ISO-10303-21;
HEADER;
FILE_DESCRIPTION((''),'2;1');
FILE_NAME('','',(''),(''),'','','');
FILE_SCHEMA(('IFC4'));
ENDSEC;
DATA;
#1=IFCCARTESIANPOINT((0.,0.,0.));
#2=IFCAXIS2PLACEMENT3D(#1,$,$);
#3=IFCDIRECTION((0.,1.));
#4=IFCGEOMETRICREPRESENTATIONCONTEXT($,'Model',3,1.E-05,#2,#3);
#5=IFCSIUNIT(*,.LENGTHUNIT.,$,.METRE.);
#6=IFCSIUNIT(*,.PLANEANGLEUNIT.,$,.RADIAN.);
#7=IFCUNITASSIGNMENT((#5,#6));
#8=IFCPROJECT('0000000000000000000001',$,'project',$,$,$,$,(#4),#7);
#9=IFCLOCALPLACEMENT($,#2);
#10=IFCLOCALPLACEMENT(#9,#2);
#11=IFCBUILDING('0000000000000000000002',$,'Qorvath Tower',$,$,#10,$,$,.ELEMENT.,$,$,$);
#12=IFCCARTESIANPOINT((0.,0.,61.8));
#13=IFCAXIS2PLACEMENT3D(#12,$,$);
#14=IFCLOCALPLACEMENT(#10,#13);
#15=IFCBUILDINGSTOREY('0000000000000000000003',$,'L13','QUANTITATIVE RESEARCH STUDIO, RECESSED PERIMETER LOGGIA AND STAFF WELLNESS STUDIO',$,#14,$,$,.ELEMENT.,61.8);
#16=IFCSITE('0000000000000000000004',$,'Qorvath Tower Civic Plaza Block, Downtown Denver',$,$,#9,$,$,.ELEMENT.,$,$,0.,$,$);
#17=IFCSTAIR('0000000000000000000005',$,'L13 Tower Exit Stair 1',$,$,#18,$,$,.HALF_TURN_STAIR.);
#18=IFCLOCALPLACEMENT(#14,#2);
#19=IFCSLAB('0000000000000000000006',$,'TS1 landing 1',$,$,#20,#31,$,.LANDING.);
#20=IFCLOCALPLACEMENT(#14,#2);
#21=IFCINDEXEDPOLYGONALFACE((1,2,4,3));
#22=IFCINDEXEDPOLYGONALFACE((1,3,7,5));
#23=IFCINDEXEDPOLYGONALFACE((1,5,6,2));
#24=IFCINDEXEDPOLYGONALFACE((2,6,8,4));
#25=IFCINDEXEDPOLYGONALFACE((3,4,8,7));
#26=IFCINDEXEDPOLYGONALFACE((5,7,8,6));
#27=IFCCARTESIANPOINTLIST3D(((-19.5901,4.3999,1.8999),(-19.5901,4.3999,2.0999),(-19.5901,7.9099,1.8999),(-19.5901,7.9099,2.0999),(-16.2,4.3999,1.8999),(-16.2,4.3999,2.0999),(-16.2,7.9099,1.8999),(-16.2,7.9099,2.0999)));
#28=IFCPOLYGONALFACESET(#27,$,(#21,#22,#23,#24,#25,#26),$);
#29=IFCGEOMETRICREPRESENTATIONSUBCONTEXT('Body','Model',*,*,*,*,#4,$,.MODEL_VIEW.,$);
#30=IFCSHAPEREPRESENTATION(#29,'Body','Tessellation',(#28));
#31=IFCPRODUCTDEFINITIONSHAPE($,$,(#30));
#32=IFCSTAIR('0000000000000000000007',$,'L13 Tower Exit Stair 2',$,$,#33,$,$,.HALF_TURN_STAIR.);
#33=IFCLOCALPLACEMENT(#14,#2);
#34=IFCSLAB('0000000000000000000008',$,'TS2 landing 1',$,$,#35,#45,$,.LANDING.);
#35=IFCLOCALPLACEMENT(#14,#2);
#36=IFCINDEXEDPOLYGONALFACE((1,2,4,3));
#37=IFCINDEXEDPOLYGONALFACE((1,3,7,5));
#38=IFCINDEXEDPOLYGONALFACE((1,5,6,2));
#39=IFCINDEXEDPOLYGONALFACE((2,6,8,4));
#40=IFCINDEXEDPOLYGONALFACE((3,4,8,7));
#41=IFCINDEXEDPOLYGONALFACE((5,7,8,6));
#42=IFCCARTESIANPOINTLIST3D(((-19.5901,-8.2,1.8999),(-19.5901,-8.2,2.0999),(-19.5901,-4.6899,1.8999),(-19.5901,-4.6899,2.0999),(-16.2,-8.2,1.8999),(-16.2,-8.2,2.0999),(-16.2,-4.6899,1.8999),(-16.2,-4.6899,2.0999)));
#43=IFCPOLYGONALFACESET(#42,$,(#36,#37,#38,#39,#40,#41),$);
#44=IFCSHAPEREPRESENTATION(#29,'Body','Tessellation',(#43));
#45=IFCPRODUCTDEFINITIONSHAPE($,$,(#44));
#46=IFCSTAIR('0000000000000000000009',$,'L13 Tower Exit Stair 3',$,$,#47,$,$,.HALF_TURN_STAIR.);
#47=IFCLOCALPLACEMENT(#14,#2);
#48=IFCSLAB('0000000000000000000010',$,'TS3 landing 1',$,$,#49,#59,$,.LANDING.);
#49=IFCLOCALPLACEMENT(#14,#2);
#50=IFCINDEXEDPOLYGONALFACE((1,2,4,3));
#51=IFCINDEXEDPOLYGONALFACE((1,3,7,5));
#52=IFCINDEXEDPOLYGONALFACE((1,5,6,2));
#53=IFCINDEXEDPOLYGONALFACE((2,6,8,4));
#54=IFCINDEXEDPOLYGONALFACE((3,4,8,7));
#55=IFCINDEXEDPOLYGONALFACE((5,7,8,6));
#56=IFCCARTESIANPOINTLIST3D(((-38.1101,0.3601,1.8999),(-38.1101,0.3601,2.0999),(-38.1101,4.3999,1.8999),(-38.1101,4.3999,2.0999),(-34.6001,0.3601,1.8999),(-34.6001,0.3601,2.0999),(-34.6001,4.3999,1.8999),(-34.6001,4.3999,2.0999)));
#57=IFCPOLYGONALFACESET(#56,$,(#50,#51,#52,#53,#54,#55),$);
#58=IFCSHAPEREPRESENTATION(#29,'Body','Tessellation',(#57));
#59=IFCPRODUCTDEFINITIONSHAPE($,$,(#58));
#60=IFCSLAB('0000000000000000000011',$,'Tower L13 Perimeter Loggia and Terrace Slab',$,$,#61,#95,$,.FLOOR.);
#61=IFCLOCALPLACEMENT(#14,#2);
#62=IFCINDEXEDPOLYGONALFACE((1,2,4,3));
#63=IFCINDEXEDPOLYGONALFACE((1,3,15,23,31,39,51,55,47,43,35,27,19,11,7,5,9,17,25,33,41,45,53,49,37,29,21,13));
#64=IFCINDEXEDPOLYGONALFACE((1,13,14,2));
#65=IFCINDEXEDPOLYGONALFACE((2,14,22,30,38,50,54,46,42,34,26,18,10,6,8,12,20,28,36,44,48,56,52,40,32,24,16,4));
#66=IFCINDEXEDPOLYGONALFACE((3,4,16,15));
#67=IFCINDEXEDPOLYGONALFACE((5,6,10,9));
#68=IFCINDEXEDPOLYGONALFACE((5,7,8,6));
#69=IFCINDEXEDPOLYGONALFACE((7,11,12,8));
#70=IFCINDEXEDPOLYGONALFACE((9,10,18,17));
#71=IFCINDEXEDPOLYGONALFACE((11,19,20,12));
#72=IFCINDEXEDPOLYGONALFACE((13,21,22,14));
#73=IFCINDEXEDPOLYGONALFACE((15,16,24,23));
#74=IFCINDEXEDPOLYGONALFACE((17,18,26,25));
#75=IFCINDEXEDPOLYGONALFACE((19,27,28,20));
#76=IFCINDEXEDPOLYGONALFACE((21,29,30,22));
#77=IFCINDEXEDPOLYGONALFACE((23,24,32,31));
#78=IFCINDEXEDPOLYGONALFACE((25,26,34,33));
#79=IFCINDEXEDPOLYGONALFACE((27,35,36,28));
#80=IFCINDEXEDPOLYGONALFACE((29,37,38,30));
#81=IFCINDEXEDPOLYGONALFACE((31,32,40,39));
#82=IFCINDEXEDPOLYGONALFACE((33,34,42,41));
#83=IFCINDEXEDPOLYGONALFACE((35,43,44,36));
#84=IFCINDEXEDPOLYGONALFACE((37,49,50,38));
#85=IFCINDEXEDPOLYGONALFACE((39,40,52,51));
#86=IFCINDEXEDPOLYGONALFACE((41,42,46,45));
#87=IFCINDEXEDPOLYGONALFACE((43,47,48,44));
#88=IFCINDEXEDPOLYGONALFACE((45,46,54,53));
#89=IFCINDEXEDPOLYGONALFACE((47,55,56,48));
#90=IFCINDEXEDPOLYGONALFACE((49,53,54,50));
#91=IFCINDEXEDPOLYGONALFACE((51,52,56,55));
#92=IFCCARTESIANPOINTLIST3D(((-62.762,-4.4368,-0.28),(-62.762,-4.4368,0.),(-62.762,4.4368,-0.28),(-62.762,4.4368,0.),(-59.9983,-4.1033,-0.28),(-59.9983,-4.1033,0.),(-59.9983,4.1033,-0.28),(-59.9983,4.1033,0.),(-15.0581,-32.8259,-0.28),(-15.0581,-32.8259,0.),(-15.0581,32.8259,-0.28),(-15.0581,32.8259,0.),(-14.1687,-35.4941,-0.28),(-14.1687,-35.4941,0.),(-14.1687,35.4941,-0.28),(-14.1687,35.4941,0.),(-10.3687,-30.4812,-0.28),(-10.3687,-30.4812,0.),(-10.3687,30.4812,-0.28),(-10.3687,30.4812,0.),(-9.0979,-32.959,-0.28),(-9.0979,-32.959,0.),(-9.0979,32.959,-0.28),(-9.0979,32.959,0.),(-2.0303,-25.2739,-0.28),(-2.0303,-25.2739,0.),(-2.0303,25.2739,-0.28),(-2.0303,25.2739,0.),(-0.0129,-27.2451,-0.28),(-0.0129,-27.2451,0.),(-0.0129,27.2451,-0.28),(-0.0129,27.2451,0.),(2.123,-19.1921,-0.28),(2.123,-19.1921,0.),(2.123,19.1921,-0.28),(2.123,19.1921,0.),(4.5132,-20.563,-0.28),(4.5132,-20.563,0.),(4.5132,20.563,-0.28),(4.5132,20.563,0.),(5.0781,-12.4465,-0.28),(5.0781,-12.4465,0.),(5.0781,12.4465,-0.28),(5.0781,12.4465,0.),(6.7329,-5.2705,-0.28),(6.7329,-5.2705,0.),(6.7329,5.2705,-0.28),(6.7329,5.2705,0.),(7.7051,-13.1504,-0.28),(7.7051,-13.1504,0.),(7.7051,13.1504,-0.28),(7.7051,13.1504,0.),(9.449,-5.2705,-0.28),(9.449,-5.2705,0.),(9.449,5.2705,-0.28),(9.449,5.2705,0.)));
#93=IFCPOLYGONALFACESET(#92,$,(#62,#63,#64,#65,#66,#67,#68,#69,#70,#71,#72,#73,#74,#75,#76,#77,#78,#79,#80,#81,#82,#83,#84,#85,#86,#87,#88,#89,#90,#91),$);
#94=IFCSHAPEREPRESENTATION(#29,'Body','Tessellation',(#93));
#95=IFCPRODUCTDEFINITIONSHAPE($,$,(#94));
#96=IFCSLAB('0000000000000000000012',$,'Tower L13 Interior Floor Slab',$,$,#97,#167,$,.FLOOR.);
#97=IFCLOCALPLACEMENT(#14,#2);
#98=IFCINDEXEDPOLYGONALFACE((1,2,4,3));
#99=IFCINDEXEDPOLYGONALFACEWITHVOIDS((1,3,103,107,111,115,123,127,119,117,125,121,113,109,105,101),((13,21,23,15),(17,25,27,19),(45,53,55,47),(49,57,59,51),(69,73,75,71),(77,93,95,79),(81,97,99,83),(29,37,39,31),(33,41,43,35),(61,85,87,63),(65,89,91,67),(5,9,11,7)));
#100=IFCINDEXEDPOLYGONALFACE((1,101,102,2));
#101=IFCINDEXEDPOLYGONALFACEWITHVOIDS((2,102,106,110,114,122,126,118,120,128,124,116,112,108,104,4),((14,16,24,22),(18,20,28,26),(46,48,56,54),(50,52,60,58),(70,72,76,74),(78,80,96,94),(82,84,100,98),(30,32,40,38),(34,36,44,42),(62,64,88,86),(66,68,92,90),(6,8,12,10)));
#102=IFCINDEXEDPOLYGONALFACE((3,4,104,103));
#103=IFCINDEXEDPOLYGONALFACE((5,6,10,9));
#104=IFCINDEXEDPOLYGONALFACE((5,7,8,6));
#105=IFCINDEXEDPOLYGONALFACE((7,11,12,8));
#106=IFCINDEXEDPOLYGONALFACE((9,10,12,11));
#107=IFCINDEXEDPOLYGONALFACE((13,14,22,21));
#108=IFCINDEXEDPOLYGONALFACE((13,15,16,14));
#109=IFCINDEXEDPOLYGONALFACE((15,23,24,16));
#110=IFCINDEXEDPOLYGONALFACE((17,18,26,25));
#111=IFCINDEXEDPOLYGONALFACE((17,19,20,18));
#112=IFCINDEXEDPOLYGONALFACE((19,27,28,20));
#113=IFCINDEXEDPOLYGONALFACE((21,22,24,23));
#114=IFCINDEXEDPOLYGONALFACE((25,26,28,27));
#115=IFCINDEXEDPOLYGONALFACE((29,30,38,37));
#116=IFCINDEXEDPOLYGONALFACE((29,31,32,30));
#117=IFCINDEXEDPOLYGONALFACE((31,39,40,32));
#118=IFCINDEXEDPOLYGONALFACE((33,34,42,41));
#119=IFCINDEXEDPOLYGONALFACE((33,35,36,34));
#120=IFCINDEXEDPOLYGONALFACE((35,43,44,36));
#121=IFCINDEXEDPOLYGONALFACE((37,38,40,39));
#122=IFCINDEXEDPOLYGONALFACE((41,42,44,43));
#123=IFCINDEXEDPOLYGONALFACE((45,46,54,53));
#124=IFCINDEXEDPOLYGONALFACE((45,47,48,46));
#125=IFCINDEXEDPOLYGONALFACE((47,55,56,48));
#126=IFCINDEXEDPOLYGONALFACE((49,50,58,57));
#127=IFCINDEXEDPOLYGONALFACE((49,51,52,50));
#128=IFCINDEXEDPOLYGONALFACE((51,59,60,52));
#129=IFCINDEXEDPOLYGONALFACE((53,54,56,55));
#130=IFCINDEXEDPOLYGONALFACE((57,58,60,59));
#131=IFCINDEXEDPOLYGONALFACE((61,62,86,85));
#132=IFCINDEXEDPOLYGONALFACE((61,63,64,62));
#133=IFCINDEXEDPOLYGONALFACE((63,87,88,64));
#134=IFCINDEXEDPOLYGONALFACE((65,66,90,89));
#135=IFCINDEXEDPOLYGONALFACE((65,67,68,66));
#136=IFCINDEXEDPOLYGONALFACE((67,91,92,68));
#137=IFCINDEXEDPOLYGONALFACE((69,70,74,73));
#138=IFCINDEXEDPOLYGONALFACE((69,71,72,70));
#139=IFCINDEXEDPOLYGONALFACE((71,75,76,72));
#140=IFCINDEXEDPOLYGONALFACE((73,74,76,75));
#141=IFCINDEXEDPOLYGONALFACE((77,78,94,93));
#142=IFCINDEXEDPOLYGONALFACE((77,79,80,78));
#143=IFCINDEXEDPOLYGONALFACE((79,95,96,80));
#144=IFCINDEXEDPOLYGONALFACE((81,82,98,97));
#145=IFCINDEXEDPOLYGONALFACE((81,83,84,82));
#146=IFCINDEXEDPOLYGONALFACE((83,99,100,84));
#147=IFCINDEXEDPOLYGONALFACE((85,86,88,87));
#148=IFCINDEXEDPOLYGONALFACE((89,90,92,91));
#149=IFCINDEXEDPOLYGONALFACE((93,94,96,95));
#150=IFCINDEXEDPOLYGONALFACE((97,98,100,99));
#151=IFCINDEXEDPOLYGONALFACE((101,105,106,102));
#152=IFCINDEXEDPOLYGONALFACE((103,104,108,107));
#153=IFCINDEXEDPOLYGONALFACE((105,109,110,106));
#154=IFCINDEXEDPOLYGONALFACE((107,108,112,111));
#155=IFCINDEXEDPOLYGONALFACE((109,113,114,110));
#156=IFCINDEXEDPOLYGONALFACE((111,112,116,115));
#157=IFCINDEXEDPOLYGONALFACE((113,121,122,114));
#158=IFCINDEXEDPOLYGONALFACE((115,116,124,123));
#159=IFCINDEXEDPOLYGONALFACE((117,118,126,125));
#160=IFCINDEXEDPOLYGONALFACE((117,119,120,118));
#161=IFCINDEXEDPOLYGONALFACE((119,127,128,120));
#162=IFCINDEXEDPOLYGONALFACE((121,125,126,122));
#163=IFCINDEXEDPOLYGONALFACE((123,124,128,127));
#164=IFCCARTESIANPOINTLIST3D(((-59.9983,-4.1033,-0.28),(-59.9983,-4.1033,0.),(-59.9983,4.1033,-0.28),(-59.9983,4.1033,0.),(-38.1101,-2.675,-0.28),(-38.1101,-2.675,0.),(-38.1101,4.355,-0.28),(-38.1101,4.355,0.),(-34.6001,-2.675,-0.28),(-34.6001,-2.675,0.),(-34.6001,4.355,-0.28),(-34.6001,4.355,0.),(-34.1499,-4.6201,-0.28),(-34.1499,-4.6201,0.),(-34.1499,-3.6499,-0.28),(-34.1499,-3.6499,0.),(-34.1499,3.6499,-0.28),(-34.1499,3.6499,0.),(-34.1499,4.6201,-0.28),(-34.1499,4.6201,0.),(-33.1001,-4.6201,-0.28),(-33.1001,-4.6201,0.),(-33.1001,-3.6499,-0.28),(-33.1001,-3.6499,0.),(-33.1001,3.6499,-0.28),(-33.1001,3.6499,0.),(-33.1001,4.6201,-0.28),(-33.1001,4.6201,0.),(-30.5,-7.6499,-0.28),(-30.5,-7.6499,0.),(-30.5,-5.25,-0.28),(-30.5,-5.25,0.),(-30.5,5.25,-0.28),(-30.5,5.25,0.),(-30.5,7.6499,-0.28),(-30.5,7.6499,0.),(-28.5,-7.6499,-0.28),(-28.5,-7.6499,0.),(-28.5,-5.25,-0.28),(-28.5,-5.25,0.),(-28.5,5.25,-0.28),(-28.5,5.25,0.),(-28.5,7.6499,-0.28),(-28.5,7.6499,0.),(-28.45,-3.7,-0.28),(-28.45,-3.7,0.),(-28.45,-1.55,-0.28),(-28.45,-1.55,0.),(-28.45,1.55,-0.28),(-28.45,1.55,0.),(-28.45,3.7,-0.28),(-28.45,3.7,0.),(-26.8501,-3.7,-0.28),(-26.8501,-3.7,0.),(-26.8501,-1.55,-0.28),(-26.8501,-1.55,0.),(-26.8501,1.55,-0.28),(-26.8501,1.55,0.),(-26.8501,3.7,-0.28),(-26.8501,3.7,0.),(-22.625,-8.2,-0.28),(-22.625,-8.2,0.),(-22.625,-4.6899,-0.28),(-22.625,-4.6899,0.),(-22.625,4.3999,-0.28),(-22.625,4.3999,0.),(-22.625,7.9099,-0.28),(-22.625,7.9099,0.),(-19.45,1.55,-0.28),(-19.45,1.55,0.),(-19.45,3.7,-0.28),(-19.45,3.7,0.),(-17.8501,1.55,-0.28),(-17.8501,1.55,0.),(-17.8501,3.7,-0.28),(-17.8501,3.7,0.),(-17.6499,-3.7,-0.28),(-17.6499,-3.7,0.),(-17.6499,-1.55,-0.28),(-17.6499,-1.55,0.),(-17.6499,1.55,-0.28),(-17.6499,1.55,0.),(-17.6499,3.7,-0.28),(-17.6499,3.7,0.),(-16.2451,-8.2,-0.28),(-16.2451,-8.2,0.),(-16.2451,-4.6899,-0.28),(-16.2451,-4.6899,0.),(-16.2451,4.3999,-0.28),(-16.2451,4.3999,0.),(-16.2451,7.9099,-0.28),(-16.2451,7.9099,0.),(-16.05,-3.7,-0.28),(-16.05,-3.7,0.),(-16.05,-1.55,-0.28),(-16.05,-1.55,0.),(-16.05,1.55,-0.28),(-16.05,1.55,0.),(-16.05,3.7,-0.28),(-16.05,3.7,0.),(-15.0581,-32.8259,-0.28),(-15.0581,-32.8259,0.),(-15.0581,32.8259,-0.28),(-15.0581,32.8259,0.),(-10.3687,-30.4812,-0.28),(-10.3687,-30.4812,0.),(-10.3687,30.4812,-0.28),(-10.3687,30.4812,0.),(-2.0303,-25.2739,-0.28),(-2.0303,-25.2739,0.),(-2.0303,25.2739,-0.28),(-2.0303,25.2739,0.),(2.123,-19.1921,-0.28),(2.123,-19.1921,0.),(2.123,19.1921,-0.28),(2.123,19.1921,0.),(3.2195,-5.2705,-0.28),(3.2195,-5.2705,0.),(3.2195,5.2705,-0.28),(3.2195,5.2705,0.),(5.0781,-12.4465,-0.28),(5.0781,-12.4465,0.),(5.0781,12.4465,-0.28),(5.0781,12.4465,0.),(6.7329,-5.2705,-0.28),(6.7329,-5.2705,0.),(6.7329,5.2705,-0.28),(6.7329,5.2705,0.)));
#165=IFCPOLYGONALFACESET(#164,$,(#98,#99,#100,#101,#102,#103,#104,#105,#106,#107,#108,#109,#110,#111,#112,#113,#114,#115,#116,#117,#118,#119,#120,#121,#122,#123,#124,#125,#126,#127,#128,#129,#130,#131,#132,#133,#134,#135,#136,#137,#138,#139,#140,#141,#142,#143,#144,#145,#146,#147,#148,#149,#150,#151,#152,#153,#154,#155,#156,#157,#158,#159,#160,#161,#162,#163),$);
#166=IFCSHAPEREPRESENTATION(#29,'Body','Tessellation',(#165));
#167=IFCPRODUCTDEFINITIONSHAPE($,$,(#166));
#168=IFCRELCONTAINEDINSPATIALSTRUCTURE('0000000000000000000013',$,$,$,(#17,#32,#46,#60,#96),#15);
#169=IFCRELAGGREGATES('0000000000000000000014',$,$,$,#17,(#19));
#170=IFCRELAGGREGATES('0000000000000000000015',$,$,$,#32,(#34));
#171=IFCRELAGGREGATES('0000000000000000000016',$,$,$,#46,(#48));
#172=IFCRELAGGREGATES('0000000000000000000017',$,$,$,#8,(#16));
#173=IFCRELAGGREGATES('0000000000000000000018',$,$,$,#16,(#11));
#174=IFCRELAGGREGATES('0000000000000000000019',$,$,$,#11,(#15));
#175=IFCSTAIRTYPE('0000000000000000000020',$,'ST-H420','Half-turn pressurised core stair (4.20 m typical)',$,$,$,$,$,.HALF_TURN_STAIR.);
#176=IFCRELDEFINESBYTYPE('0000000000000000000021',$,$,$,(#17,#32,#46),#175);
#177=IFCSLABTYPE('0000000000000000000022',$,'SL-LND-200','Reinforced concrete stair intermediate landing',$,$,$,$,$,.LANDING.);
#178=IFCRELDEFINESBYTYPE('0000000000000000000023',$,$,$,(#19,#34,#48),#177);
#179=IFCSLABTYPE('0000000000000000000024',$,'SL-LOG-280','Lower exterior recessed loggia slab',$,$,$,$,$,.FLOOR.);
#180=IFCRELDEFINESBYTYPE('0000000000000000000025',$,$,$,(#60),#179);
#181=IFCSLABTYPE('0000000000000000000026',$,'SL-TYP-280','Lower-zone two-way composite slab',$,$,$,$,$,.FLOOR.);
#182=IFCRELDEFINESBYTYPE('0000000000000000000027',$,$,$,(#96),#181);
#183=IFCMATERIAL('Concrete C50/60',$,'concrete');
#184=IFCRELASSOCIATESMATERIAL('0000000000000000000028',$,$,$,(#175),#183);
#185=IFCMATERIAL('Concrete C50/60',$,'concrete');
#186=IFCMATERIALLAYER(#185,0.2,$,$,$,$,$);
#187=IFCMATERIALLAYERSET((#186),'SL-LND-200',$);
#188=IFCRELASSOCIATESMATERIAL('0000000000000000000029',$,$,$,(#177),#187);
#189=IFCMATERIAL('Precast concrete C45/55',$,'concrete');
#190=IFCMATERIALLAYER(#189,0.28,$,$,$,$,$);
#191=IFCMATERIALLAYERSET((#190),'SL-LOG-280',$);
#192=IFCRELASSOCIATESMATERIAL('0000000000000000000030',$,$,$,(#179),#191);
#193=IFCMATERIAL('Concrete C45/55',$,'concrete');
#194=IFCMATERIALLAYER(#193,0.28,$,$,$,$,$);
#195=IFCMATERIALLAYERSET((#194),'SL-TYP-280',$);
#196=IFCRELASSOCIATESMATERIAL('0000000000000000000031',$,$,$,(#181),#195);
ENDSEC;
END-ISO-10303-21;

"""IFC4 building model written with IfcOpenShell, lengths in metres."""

from ifc_helpers import new_model, si_unit, direction, frame, origin, place, context, subcontext, project, spatial, polyline, outline, extrude, material, layer, layer_set, type_object, element, aggregate, save


model = new_model("IFC4")

# Units and contexts
model_context = context("Model", 3, precision=1e-05, world=origin(), true_north=direction((0.0, 1.0)))
body_context = subcontext(model_context, "Body", "Model", "MODEL_VIEW")
ifc_project = project(units=[si_unit("LENGTHUNIT", "METRE"), si_unit("PLANEANGLEUNIT", "RADIAN")], contexts=[model_context])

# Site, building, storey
site_placement = place(None, origin())
site = spatial("IfcSite", under=ifc_project, at=site_placement, Name="Qorvath Tower Civic Plaza Block, Downtown Denver", CompositionType="ELEMENT", RefElevation=0.0)
building_placement = place(site_placement, origin())
building = spatial("IfcBuilding", under=site, at=building_placement, Name="Qorvath Tower", CompositionType="ELEMENT")
storey_placement = place(building_placement, frame((0.0, 0.0, 61.8)))
storey = spatial("IfcBuildingStorey", under=building, at=storey_placement, Name="L13", Description="QUANTITATIVE RESEARCH STUDIO, RECESSED PERIMETER LOGGIA AND STAFF WELLNESS STUDIO", CompositionType="ELEMENT", Elevation=61.8)

# Stairs, slabs
ifc_material_1 = material(Name="Concrete C50/60", Category="concrete")
stair_type = type_object("IfcStairType", Name="ST-H420", Description="Half-turn pressurised core stair (4.20 m typical)", PredefinedType="HALF_TURN_STAIR", material=ifc_material_1)
stair_1_placement = place(storey_placement, origin())
stair_1 = element("IfcStair", 1, at=stair_1_placement, inside=storey, type_object=stair_type, Name="L13 Tower Exit Stair 1", PredefinedType="HALF_TURN_STAIR")
ifc_material_2 = material(Name="Concrete C50/60", Category="concrete")
ifc_layer_1 = layer(ifc_material_2, 0.2)
ifc_layer_set_1 = layer_set([ifc_layer_1], Name="SL-LND-200")
slab_type_1 = type_object("IfcSlabType", Name="SL-LND-200", Description="Reinforced concrete stair intermediate landing", PredefinedType="LANDING", material=ifc_layer_set_1)
slab_1_placement = place(storey_placement, frame((0.0, 0.0, 1.8999)))
slab_1 = element("IfcSlab", 2, at=slab_1_placement, type_object=slab_type_1, Name="TS1 landing 1", PredefinedType="LANDING", context=body_context, shape_type="SweptSolid", body=[
    extrude(outline(polyline([(-19.5901, 4.3999), (-16.2, 4.3999), (-16.2, 7.9099), (-19.5901, 7.9099), (-19.5901, 4.3999)])), origin(), (0.0, 0.0, 1.0), 0.2),
])
aggregate(stair_1, [slab_1])
stair_2_placement = place(storey_placement, origin())
stair_2 = element("IfcStair", 3, at=stair_2_placement, inside=storey, type_object=stair_type, Name="L13 Tower Exit Stair 2", PredefinedType="HALF_TURN_STAIR")
slab_2_placement = place(storey_placement, frame((0.0, 0.0, 1.8999)))
slab_2 = element("IfcSlab", 4, at=slab_2_placement, type_object=slab_type_1, Name="TS2 landing 1", PredefinedType="LANDING", context=body_context, shape_type="SweptSolid", body=[
    extrude(outline(polyline([(-19.5901, -8.2), (-16.2, -8.2), (-16.2, -4.6899), (-19.5901, -4.6899), (-19.5901, -8.2)])), origin(), (0.0, 0.0, 1.0), 0.2),
])
aggregate(stair_2, [slab_2])
stair_3_placement = place(storey_placement, origin())
stair_3 = element("IfcStair", 5, at=stair_3_placement, inside=storey, type_object=stair_type, Name="L13 Tower Exit Stair 3", PredefinedType="HALF_TURN_STAIR")
slab_3_placement = place(storey_placement, frame((0.0, 0.0, 1.8999)))
slab_3 = element("IfcSlab", 6, at=slab_3_placement, type_object=slab_type_1, Name="TS3 landing 1", PredefinedType="LANDING", context=body_context, shape_type="SweptSolid", body=[
    extrude(outline(polyline([(-34.6001, 0.3601), (-34.6001, 4.3999), (-38.1101, 4.3999), (-38.1101, 0.3601), (-34.6001, 0.3601)])), origin(), (0.0, 0.0, 1.0), 0.2),
])
aggregate(stair_3, [slab_3])

# Slabs
ifc_material_3 = material(Name="Precast concrete C45/55", Category="concrete")
ifc_layer_2 = layer(ifc_material_3, 0.28)
ifc_layer_set_2 = layer_set([ifc_layer_2], Name="SL-LOG-280")
slab_type_2 = type_object("IfcSlabType", Name="SL-LOG-280", Description="Lower exterior recessed loggia slab", PredefinedType="FLOOR", material=ifc_layer_set_2)
slab_4_placement = place(storey_placement, frame((0.0, 0.0, -0.28)))
element("IfcSlab", 7, at=slab_4_placement, inside=storey, type_object=slab_type_2, Name="Tower L13 Perimeter Loggia and Terrace Slab", PredefinedType="FLOOR", context=body_context, shape_type="SweptSolid", body=[
    extrude(outline(polyline([(6.7329, -5.2705), (5.0781, -12.4465), (2.123, -19.1921), (-2.0303, -25.2739), (-10.3687, -30.4812), (-15.0581, -32.8259), (-59.9983, -4.1033), (-59.9983, 4.1033), (-15.0581, 32.8259), (-10.3687, 30.4812), (-2.0303, 25.2739), (2.123, 19.1921), (5.0781, 12.4465), (6.7329, 5.2705), (9.449, 5.2705), (7.7051, 13.1504), (4.5132, 20.563), (-0.0129, 27.2451), (-9.0979, 32.959), (-14.1687, 35.4941), (-62.762, 4.4368), (-62.762, -4.4368), (-14.1687, -35.4941), (-9.0979, -32.959), (-0.0129, -27.2451), (4.5132, -20.563), (7.7051, -13.1504), (9.449, -5.2705), (6.7329, -5.2705)])), origin(), (0.0, 0.0, 1.0), 0.28),
])
ifc_material_4 = material(Name="Concrete C45/55", Category="concrete")
ifc_layer_3 = layer(ifc_material_4, 0.28)
ifc_layer_set_3 = layer_set([ifc_layer_3], Name="SL-TYP-280")
slab_type_3 = type_object("IfcSlabType", Name="SL-TYP-280", Description="Lower-zone two-way composite slab", PredefinedType="FLOOR", material=ifc_layer_set_3)
slab_5_placement = place(storey_placement, frame((0.0, 0.0, -0.28)))
element("IfcSlab", 8, at=slab_5_placement, inside=storey, type_object=slab_type_3, Name="Tower L13 Interior Floor Slab", PredefinedType="FLOOR", context=body_context, shape_type="SweptSolid", body=[
    extrude(outline(polyline([(-59.9983, 4.1033), (-59.9983, -4.1033), (-15.0581, -32.8259), (-10.3687, -30.4812), (-2.0303, -25.2739), (2.123, -19.1921), (5.0781, -12.4465), (6.7329, -5.2705), (3.2195, -5.2705), (3.2195, 5.2705), (6.7329, 5.2705), (5.0781, 12.4465), (2.123, 19.1921), (-2.0303, 25.2739), (-10.3687, 30.4812), (-15.0581, 32.8259), (-59.9983, 4.1033)]), holes=[polyline([(-17.6499, -3.7), (-17.6499, -1.55), (-16.05, -1.55), (-16.05, -3.7), (-17.6499, -3.7)]), polyline([(-17.6499, 1.55), (-17.6499, 3.7), (-16.05, 3.7), (-16.05, 1.55), (-17.6499, 1.55)]), polyline([(-16.2451, -8.2), (-22.625, -8.2), (-22.625, -4.6899), (-16.2451, -4.6899), (-16.2451, -8.2)]), polyline([(-22.625, 4.3999), (-22.625, 7.9099), (-16.2451, 7.9099), (-16.2451, 4.3999), (-22.625, 4.3999)]), polyline([(-17.8501, 1.55), (-19.45, 1.55), (-19.45, 3.7), (-17.8501, 3.7), (-17.8501, 1.55)]), polyline([(-28.45, -3.7), (-28.45, -1.55), (-26.8501, -1.55), (-26.8501, -3.7), (-28.45, -3.7)]), polyline([(-26.8501, 1.55), (-28.45, 1.55), (-28.45, 3.7), (-26.8501, 3.7), (-26.8501, 1.55)]), polyline([(-28.5, -7.6499), (-30.5, -7.6499), (-30.5, -5.25), (-28.5, -5.25), (-28.5, -7.6499)]), polyline([(-30.5, 5.25), (-30.5, 7.6499), (-28.5, 7.6499), (-28.5, 5.25), (-30.5, 5.25)]), polyline([(-34.1499, -4.6201), (-34.1499, -3.6499), (-33.1001, -3.6499), (-33.1001, -4.6201), (-34.1499, -4.6201)]), polyline([(-34.1499, 3.6499), (-34.1499, 4.6201), (-33.1001, 4.6201), (-33.1001, 3.6499), (-34.1499, 3.6499)]), polyline([(-34.6001, -2.675), (-38.1101, -2.675), (-38.1101, 4.355), (-34.6001, 4.355), (-34.6001, -2.675)])]), origin(), (0.0, 0.0, 1.0), 0.28),
])

save(model, "model.ifc")
